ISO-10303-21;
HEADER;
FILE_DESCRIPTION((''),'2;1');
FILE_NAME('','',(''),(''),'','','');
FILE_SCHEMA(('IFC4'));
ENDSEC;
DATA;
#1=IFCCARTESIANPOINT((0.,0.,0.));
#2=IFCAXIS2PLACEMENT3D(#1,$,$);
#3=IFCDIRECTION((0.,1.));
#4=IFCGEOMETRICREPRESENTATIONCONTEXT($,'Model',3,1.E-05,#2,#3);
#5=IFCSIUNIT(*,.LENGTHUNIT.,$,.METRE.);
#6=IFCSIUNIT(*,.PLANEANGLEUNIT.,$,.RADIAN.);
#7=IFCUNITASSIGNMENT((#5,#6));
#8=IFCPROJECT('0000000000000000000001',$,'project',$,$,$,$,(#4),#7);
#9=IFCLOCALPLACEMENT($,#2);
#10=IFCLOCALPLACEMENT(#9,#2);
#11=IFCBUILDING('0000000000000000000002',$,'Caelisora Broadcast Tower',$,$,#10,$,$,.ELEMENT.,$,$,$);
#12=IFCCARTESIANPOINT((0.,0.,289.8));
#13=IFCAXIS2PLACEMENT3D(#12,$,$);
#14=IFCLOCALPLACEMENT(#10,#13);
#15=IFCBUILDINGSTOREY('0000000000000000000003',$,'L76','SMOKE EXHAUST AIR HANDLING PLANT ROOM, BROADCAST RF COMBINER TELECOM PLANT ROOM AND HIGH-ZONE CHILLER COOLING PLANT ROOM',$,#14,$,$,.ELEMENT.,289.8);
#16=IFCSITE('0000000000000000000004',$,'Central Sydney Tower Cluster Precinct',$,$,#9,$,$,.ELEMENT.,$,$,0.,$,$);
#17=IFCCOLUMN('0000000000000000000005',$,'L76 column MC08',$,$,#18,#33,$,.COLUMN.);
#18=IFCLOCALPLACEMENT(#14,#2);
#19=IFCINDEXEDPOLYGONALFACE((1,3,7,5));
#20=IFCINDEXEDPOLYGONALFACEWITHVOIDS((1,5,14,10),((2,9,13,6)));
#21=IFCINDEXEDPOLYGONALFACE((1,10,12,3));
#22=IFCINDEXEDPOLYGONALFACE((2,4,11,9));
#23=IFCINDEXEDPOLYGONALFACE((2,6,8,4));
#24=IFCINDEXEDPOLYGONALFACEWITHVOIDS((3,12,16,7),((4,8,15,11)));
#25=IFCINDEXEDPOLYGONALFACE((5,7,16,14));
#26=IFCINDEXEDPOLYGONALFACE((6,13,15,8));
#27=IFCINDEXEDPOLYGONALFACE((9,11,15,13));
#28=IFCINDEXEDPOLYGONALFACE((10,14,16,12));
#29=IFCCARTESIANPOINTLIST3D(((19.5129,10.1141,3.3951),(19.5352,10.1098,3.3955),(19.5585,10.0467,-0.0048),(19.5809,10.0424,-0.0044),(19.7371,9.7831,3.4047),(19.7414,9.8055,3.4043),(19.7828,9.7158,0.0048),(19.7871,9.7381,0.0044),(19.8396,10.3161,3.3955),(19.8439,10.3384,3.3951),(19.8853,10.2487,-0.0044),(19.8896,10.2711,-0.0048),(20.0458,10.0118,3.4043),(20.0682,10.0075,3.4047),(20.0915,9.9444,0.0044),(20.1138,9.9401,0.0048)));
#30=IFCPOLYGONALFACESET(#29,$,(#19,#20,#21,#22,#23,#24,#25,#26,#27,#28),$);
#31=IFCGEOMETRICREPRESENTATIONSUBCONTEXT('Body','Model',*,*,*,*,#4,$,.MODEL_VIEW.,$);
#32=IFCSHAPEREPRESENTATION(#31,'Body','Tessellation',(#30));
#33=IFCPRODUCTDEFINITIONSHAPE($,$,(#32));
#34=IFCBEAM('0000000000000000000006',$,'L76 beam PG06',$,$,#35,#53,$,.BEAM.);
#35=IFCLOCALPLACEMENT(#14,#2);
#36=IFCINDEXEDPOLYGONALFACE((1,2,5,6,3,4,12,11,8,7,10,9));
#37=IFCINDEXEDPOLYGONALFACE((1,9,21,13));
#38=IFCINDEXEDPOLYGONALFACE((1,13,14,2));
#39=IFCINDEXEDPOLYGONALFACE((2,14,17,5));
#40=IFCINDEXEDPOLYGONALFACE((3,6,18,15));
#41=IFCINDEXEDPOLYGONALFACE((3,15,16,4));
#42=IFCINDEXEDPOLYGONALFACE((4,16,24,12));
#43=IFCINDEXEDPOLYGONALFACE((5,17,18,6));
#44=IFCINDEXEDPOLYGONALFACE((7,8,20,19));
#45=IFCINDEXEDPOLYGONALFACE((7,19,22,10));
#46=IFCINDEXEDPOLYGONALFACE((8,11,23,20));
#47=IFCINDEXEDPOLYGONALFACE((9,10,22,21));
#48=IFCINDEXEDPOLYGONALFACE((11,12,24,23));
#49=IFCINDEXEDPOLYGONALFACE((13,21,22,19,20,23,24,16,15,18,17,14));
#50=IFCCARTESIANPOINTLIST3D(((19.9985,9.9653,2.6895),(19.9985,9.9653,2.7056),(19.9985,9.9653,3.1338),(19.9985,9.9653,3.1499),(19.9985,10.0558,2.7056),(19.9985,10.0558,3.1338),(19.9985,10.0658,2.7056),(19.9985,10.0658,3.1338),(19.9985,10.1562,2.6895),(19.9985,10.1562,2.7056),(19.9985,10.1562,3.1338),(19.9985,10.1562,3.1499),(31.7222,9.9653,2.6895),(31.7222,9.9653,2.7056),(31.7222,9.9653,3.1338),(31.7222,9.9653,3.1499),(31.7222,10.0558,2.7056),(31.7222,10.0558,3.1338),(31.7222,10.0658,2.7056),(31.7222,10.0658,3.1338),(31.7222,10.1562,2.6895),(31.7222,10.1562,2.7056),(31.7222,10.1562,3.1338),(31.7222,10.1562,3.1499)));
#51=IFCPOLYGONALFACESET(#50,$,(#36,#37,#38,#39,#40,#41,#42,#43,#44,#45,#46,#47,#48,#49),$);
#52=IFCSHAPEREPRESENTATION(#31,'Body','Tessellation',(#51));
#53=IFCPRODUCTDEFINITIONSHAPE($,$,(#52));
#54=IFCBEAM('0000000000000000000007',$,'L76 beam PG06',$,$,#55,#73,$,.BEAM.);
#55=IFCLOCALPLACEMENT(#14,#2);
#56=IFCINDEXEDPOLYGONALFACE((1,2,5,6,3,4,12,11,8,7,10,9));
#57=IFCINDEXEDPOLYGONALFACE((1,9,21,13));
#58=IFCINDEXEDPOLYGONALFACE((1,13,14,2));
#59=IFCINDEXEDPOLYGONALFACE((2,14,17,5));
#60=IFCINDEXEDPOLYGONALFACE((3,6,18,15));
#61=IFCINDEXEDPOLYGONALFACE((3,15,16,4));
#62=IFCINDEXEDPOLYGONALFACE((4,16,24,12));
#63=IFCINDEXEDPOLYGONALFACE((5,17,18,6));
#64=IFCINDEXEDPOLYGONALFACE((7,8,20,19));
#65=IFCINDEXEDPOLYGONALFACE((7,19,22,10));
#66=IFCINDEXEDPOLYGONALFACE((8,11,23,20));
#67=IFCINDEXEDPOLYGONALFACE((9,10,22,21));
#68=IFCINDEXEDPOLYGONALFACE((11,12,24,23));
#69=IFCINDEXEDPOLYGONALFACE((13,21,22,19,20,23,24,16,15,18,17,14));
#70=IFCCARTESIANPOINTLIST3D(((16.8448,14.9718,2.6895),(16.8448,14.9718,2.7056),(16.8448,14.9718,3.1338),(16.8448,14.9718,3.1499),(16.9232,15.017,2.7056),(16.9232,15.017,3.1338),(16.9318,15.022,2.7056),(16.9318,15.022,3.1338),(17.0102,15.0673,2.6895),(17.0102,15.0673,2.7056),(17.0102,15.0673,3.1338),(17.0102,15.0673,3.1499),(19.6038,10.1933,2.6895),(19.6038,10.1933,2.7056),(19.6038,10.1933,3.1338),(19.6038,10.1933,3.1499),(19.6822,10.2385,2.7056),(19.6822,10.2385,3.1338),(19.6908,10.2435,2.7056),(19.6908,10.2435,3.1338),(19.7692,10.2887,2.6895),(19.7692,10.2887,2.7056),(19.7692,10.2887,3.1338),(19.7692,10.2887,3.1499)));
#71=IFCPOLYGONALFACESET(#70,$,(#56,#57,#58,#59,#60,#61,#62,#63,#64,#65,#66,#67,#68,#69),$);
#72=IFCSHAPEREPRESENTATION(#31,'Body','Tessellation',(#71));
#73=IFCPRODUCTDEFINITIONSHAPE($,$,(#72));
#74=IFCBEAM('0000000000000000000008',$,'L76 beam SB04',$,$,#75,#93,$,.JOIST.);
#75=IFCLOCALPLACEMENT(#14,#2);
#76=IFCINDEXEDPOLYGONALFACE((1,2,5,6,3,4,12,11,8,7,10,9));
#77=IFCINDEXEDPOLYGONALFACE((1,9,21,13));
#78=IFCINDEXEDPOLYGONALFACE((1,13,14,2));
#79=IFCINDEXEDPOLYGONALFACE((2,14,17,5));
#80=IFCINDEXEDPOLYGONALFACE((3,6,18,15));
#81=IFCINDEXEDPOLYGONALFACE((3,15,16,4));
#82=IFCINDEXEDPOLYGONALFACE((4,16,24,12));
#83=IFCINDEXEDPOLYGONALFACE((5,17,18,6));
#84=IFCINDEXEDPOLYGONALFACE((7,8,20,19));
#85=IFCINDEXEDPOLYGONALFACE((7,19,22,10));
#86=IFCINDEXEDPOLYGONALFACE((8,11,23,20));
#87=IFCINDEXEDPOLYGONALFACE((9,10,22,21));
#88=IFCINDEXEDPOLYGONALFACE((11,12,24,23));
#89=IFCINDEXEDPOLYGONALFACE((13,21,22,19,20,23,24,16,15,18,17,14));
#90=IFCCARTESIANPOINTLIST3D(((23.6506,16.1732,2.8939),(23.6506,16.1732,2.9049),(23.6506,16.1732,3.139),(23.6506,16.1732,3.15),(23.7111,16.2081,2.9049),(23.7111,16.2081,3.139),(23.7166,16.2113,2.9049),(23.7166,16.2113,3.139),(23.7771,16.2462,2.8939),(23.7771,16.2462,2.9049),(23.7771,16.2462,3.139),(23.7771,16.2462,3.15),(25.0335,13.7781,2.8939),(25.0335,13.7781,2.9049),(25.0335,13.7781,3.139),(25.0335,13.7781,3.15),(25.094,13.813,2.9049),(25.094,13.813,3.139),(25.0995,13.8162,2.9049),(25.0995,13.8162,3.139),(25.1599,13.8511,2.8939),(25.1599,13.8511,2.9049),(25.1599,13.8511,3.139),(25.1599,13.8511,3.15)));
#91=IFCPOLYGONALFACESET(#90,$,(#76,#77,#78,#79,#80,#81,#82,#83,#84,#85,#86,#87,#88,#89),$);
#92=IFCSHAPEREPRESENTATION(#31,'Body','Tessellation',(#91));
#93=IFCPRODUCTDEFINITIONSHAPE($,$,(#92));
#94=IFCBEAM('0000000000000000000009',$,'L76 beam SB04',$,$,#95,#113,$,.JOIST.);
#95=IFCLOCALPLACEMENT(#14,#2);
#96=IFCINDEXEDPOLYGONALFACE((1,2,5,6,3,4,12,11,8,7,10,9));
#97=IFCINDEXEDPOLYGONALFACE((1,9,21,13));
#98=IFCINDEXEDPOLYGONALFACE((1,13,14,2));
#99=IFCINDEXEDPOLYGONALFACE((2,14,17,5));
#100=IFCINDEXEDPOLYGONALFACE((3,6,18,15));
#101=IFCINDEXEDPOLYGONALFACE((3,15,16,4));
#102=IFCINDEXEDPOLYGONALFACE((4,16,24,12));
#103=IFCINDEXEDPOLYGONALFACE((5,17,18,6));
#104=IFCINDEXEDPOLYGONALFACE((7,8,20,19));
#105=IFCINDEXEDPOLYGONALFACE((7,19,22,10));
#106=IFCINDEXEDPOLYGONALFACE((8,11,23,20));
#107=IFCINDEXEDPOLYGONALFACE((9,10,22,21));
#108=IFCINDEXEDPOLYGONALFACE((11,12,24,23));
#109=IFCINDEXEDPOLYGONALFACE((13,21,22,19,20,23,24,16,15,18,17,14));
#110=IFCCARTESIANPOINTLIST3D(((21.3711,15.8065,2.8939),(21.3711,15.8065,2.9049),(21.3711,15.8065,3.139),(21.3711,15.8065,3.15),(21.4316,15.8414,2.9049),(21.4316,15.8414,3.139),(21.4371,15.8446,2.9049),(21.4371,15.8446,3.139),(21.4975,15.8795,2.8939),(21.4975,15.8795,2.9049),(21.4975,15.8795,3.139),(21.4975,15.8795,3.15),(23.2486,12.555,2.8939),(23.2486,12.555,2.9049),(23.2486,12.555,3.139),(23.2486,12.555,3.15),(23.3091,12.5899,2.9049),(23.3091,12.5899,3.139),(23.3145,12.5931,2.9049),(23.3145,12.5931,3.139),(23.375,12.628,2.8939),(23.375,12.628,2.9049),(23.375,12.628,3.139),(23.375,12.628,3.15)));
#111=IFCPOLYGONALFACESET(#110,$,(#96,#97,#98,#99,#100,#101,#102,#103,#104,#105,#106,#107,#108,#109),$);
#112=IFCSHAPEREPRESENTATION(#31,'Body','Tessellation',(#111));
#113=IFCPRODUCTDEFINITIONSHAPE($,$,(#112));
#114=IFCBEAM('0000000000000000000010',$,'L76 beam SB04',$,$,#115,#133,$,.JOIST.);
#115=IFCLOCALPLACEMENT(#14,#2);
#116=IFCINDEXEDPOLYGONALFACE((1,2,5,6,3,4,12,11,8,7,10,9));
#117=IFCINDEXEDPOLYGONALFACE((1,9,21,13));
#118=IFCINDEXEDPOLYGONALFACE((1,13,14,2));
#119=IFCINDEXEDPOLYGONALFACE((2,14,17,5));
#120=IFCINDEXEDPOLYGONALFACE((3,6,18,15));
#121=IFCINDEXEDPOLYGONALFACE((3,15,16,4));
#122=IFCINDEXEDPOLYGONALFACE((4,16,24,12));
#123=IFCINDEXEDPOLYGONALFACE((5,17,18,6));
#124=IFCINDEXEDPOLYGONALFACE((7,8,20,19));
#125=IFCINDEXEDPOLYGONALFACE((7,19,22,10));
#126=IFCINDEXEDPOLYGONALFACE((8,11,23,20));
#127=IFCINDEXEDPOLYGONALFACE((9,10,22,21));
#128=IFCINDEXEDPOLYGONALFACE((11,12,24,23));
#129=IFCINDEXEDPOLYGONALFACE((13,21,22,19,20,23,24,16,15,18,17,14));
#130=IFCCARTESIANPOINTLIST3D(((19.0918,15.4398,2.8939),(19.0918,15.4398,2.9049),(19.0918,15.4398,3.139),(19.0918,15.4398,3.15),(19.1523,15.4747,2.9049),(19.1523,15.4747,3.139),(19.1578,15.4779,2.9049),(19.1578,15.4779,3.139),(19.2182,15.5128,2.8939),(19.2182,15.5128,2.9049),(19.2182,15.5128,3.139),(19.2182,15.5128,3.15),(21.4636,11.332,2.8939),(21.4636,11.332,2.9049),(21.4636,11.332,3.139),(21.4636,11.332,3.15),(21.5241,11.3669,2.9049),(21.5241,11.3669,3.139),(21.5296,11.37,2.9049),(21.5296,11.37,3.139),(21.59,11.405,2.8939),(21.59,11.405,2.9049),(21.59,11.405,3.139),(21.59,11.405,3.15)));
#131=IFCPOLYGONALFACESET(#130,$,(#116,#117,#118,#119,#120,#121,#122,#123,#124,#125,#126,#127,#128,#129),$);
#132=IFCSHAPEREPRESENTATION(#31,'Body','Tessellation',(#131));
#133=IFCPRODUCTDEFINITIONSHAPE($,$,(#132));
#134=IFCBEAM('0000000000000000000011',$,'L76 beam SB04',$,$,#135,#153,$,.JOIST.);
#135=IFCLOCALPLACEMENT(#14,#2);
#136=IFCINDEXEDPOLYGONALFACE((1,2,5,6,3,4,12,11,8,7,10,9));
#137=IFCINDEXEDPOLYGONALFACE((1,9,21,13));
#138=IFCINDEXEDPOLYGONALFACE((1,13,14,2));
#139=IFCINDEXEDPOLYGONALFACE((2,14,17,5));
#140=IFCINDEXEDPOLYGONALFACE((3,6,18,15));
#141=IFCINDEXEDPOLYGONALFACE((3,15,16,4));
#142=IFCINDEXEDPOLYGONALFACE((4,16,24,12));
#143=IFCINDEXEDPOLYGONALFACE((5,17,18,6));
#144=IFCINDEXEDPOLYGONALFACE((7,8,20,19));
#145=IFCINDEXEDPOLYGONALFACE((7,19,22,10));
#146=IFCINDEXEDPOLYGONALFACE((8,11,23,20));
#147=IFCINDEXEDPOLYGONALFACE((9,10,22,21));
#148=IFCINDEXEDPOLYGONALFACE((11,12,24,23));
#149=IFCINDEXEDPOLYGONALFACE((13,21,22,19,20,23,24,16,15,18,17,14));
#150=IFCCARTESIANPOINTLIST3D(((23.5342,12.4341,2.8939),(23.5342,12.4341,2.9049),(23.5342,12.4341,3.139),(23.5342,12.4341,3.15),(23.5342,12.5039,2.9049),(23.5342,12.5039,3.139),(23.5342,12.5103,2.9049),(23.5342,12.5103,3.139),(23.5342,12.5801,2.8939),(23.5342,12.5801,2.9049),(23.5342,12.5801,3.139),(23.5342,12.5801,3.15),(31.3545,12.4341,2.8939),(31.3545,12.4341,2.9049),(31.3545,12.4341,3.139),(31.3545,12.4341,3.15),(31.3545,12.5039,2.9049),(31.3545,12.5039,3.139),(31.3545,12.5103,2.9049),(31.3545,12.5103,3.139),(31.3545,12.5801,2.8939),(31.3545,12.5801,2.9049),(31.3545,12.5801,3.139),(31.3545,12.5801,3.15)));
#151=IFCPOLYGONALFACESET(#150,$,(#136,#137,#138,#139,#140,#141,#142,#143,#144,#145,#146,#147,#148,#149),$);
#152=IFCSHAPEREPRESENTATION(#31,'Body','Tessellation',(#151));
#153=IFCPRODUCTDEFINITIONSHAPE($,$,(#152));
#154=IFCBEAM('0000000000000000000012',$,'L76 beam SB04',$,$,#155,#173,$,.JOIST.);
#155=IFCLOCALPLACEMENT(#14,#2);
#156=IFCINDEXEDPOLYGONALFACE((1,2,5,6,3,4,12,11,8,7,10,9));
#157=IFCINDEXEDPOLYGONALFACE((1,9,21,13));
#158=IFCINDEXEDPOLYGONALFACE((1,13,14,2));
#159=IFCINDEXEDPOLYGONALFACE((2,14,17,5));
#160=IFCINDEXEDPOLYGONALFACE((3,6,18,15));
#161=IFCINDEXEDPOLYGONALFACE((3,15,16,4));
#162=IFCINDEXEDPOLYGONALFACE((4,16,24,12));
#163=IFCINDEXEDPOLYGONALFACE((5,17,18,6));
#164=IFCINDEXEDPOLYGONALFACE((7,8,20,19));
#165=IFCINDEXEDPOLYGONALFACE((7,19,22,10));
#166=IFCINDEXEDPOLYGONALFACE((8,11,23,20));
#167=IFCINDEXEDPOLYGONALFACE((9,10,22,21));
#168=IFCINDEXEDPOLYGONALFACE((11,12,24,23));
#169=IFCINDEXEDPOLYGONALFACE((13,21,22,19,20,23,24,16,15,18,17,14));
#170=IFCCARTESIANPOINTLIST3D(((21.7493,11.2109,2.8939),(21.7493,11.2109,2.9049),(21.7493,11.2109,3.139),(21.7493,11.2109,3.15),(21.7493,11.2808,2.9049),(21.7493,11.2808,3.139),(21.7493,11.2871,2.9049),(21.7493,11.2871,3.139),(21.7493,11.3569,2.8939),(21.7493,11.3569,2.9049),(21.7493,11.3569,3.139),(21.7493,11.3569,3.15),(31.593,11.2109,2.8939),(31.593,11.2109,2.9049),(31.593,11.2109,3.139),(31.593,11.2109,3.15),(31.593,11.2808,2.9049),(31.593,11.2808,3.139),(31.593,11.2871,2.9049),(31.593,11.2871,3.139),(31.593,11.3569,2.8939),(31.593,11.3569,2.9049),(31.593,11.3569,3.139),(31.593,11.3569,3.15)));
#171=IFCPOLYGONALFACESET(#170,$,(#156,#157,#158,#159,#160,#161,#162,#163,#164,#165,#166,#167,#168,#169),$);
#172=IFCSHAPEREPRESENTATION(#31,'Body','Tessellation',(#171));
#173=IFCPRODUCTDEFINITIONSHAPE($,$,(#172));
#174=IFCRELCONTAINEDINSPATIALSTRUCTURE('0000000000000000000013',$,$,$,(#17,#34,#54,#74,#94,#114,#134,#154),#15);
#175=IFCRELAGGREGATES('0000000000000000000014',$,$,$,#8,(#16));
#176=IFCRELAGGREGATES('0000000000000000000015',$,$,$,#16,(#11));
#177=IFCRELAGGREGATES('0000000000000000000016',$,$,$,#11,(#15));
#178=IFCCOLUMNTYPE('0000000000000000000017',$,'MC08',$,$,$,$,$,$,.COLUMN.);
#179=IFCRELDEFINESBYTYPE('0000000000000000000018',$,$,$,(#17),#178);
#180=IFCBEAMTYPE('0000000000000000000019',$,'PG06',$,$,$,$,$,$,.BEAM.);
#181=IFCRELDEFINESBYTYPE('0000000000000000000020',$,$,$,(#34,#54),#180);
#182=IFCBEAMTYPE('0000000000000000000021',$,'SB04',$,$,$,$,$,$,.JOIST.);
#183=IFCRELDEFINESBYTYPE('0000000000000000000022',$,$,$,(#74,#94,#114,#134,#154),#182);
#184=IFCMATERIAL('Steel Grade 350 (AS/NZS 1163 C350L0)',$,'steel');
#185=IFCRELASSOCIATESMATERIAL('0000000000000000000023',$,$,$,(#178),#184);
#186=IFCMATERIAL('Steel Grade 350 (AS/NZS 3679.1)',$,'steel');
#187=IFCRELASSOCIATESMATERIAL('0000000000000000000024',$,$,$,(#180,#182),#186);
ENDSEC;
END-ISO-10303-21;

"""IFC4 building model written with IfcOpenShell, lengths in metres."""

from ifc_helpers import new_model, si_unit, direction, frame, origin, origin_2d, place, context, subcontext, project, spatial, hollow_rectangle, i_section, extrude, source, transform, mapped, material, material_profile, profile_set, type_object, type_shapes, element, save


model = new_model("IFC4")

# Units and contexts
model_context = context("Model", 3, precision=1e-05, world=origin(), true_north=direction((0.0, 1.0)))
body_context = subcontext(model_context, "Body", "Model", "MODEL_VIEW")
ifc_project = project(units=[si_unit("LENGTHUNIT", "METRE"), si_unit("PLANEANGLEUNIT", "RADIAN")], contexts=[model_context])

# Site, building, storey
site_placement = place(None, origin())
site = spatial("IfcSite", under=ifc_project, at=site_placement, Name="Central Sydney Tower Cluster Precinct", CompositionType="ELEMENT", RefElevation=0.0)
building_placement = place(site_placement, origin())
building = spatial("IfcBuilding", under=site, at=building_placement, Name="Caelisora Broadcast Tower", CompositionType="ELEMENT")
storey_placement = place(building_placement, frame((0.0, 0.0, 289.8)))
storey = spatial("IfcBuildingStorey", under=building, at=storey_placement, Name="L76", Description="SMOKE EXHAUST AIR HANDLING PLANT ROOM, BROADCAST RF COMBINER TELECOM PLANT ROOM AND HIGH-ZONE CHILLER COOLING PLANT ROOM", CompositionType="ELEMENT", Elevation=289.8)

# Column
ifc_material_1 = material(Name="Steel Grade 350 (AS/NZS 1163 C350L0)", Category="steel")
ifc_material_profile_1 = material_profile(ifc_material_1, hollow_rectangle(XDim=0.3999, YDim=0.3999, WallThickness=0.0161, at=origin_2d()), Name="Steel Grade 350 (AS/NZS 1163 C350L0)")
ifc_profile_set_1 = profile_set([ifc_material_profile_1], Name="Steel Grade 350 (AS/NZS 1163 C350L0)")
column_type = type_object("IfcColumnType", Name="MC08", PredefinedType="COLUMN", material=ifc_profile_set_1)
shared_shape_1 = source(origin(), body_context, "Body", "SweptSolid", [
    extrude(hollow_rectangle(XDim=0.3999, YDim=0.3999, WallThickness=0.0161, at=origin_2d()), origin(), (0.0, 0.0, 1.0), 3.4009),
])
type_shapes(column_type, [shared_shape_1])
column_placement = place(storey_placement, frame((19.8362, 9.9934, 0.0), z_axis=(-0.013424, 0.019813, 0.999714), x_axis=(-0.827874, -0.560914, 0.0)))
element("IfcColumn", 1, at=column_placement, inside=storey, type_object=column_type, Name="L76 column MC08", PredefinedType="COLUMN", context=body_context, shape_type="MappedRepresentation", body=[
    mapped(shared_shape_1, transform((0.0, 0.0, 0.0), scale=1.0)),
])

# Beams
ifc_material_2 = material(Name="Steel Grade 350 (AS/NZS 3679.1)", Category="steel")
ifc_material_profile_2 = material_profile(ifc_material_2, i_section(OverallWidth=0.1909, OverallDepth=0.4604, WebThickness=0.01, FlangeThickness=0.0161, at=origin_2d()), Name="Steel Grade 350 (AS/NZS 3679.1)")
ifc_profile_set_2 = profile_set([ifc_material_profile_2], Name="Steel Grade 350 (AS/NZS 3679.1)")
beam_type_1 = type_object("IfcBeamType", Name="PG06", PredefinedType="BEAM", material=ifc_profile_set_2)
shared_shape_2 = source(origin(), body_context, "Body", "SweptSolid", [
    extrude(i_section(OverallWidth=0.1909, OverallDepth=0.4604, WebThickness=0.01, FlangeThickness=0.0161, at=origin_2d()), origin(), (0.0, 0.0, 1.0), 11.7236),
])
beam_1_placement = place(storey_placement, frame((19.9985, 10.0608, 2.9197), z_axis=(1.0, 0.0, 0.0), x_axis=(0.0, 1.0, 0.0)))
element("IfcBeam", 2, at=beam_1_placement, inside=storey, type_object=beam_type_1, Name="L76 beam PG06", PredefinedType="BEAM", context=body_context, shape_type="MappedRepresentation", body=[
    mapped(shared_shape_2, transform((0.0, 0.0, 0.0), scale=1.0)),
])
shared_shape_3 = source(origin(), body_context, "Body", "SweptSolid", [
    extrude(i_section(OverallWidth=0.1909, OverallDepth=0.4604, WebThickness=0.01, FlangeThickness=0.0161, at=origin_2d()), origin(), (0.0, 0.0, 1.0), 5.5178),
])
type_shapes(beam_type_1, [shared_shape_2, shared_shape_3])
beam_2_placement = place(storey_placement, frame((16.9275, 15.0195, 2.9197), z_axis=(0.500017, -0.866015, 0.0), x_axis=(0.866015, 0.500017, 0.0)))
element("IfcBeam", 3, at=beam_2_placement, inside=storey, type_object=beam_type_1, Name="L76 beam PG06", PredefinedType="BEAM", context=body_context, shape_type="MappedRepresentation", body=[
    mapped(shared_shape_3, transform((0.0, 0.0, 0.0), scale=1.0)),
])
ifc_material_profile_3 = material_profile(ifc_material_2, i_section(OverallWidth=0.146, OverallDepth=0.2561, WebThickness=0.0063, FlangeThickness=0.011, at=origin_2d()), Name="Steel Grade 350 (AS/NZS 3679.1)")
ifc_profile_set_3 = profile_set([ifc_material_profile_3], Name="Steel Grade 350 (AS/NZS 3679.1)")
beam_type_2 = type_object("IfcBeamType", Name="SB04", PredefinedType="JOIST", material=ifc_profile_set_3)
shared_shape_4 = source(origin(), body_context, "Body", "SweptSolid", [
    extrude(i_section(OverallWidth=0.146, OverallDepth=0.2561, WebThickness=0.0063, FlangeThickness=0.011, at=origin_2d()), origin(), (0.0, 0.0, 1.0), 2.7656),
])
beam_3_placement = place(storey_placement, frame((23.7139, 16.2097, 3.022), z_axis=(0.500013, -0.866018, 0.0), x_axis=(0.866018, 0.500013, 0.0)))
element("IfcBeam", 4, at=beam_3_placement, inside=storey, type_object=beam_type_2, Name="L76 beam SB04", PredefinedType="JOIST", context=body_context, shape_type="MappedRepresentation", body=[
    mapped(shared_shape_4, transform((0.0, 0.0, 0.0), scale=1.0)),
])
shared_shape_5 = source(origin(), body_context, "Body", "SweptSolid", [
    extrude(i_section(OverallWidth=0.146, OverallDepth=0.2561, WebThickness=0.0063, FlangeThickness=0.011, at=origin_2d()), origin(), (0.0, 0.0, 1.0), 3.7546),
])
beam_4_placement = place(storey_placement, frame((21.4343, 15.843, 3.022), z_axis=(0.500041, -0.866001, 0.0), x_axis=(0.866001, 0.500041, 0.0)))
element("IfcBeam", 5, at=beam_4_placement, inside=storey, type_object=beam_type_2, Name="L76 beam SB04", PredefinedType="JOIST", context=body_context, shape_type="MappedRepresentation", body=[
    mapped(shared_shape_5, transform((0.0, 0.0, 0.0), scale=1.0)),
])
shared_shape_6 = source(origin(), body_context, "Body", "SweptSolid", [
    extrude(i_section(OverallWidth=0.146, OverallDepth=0.2561, WebThickness=0.0063, FlangeThickness=0.011, at=origin_2d()), origin(), (0.0, 0.0, 1.0), 4.7434),
])
beam_5_placement = place(storey_placement, frame((19.155, 15.4763, 3.022), z_axis=(0.500019, -0.866014, 0.0), x_axis=(0.866014, 0.500019, 0.0)))
element("IfcBeam", 6, at=beam_5_placement, inside=storey, type_object=beam_type_2, Name="L76 beam SB04", PredefinedType="JOIST", context=body_context, shape_type="MappedRepresentation", body=[
    mapped(shared_shape_6, transform((0.0, 0.0, 0.0), scale=1.0)),
])
shared_shape_7 = source(origin(), body_context, "Body", "SweptSolid", [
    extrude(i_section(OverallWidth=0.146, OverallDepth=0.2561, WebThickness=0.0063, FlangeThickness=0.011, at=origin_2d()), origin(), (0.0, 0.0, 1.0), 7.8203),
])
beam_6_placement = place(storey_placement, frame((23.5342, 12.5071, 3.022), z_axis=(1.0, 0.0, 0.0), x_axis=(0.0, 1.0, 0.0)))
element("IfcBeam", 7, at=beam_6_placement, inside=storey, type_object=beam_type_2, Name="L76 beam SB04", PredefinedType="JOIST", context=body_context, shape_type="MappedRepresentation", body=[
    mapped(shared_shape_7, transform((0.0, 0.0, 0.0), scale=1.0)),
])
shared_shape_8 = source(origin(), body_context, "Body", "SweptSolid", [
    extrude(i_section(OverallWidth=0.146, OverallDepth=0.2561, WebThickness=0.0063, FlangeThickness=0.011, at=origin_2d()), origin(), (0.0, 0.0, 1.0), 9.8438),
])
type_shapes(beam_type_2, [shared_shape_4, shared_shape_5, shared_shape_6, shared_shape_7, shared_shape_8])
beam_7_placement = place(storey_placement, frame((21.7493, 11.2839, 3.022), z_axis=(1.0, 0.0, 0.0), x_axis=(0.0, 1.0, 0.0)))
element("IfcBeam", 8, at=beam_7_placement, inside=storey, type_object=beam_type_2, Name="L76 beam SB04", PredefinedType="JOIST", context=body_context, shape_type="MappedRepresentation", body=[
    mapped(shared_shape_8, transform((0.0, 0.0, 0.0), scale=1.0)),
])

save(model, "model.ifc")
